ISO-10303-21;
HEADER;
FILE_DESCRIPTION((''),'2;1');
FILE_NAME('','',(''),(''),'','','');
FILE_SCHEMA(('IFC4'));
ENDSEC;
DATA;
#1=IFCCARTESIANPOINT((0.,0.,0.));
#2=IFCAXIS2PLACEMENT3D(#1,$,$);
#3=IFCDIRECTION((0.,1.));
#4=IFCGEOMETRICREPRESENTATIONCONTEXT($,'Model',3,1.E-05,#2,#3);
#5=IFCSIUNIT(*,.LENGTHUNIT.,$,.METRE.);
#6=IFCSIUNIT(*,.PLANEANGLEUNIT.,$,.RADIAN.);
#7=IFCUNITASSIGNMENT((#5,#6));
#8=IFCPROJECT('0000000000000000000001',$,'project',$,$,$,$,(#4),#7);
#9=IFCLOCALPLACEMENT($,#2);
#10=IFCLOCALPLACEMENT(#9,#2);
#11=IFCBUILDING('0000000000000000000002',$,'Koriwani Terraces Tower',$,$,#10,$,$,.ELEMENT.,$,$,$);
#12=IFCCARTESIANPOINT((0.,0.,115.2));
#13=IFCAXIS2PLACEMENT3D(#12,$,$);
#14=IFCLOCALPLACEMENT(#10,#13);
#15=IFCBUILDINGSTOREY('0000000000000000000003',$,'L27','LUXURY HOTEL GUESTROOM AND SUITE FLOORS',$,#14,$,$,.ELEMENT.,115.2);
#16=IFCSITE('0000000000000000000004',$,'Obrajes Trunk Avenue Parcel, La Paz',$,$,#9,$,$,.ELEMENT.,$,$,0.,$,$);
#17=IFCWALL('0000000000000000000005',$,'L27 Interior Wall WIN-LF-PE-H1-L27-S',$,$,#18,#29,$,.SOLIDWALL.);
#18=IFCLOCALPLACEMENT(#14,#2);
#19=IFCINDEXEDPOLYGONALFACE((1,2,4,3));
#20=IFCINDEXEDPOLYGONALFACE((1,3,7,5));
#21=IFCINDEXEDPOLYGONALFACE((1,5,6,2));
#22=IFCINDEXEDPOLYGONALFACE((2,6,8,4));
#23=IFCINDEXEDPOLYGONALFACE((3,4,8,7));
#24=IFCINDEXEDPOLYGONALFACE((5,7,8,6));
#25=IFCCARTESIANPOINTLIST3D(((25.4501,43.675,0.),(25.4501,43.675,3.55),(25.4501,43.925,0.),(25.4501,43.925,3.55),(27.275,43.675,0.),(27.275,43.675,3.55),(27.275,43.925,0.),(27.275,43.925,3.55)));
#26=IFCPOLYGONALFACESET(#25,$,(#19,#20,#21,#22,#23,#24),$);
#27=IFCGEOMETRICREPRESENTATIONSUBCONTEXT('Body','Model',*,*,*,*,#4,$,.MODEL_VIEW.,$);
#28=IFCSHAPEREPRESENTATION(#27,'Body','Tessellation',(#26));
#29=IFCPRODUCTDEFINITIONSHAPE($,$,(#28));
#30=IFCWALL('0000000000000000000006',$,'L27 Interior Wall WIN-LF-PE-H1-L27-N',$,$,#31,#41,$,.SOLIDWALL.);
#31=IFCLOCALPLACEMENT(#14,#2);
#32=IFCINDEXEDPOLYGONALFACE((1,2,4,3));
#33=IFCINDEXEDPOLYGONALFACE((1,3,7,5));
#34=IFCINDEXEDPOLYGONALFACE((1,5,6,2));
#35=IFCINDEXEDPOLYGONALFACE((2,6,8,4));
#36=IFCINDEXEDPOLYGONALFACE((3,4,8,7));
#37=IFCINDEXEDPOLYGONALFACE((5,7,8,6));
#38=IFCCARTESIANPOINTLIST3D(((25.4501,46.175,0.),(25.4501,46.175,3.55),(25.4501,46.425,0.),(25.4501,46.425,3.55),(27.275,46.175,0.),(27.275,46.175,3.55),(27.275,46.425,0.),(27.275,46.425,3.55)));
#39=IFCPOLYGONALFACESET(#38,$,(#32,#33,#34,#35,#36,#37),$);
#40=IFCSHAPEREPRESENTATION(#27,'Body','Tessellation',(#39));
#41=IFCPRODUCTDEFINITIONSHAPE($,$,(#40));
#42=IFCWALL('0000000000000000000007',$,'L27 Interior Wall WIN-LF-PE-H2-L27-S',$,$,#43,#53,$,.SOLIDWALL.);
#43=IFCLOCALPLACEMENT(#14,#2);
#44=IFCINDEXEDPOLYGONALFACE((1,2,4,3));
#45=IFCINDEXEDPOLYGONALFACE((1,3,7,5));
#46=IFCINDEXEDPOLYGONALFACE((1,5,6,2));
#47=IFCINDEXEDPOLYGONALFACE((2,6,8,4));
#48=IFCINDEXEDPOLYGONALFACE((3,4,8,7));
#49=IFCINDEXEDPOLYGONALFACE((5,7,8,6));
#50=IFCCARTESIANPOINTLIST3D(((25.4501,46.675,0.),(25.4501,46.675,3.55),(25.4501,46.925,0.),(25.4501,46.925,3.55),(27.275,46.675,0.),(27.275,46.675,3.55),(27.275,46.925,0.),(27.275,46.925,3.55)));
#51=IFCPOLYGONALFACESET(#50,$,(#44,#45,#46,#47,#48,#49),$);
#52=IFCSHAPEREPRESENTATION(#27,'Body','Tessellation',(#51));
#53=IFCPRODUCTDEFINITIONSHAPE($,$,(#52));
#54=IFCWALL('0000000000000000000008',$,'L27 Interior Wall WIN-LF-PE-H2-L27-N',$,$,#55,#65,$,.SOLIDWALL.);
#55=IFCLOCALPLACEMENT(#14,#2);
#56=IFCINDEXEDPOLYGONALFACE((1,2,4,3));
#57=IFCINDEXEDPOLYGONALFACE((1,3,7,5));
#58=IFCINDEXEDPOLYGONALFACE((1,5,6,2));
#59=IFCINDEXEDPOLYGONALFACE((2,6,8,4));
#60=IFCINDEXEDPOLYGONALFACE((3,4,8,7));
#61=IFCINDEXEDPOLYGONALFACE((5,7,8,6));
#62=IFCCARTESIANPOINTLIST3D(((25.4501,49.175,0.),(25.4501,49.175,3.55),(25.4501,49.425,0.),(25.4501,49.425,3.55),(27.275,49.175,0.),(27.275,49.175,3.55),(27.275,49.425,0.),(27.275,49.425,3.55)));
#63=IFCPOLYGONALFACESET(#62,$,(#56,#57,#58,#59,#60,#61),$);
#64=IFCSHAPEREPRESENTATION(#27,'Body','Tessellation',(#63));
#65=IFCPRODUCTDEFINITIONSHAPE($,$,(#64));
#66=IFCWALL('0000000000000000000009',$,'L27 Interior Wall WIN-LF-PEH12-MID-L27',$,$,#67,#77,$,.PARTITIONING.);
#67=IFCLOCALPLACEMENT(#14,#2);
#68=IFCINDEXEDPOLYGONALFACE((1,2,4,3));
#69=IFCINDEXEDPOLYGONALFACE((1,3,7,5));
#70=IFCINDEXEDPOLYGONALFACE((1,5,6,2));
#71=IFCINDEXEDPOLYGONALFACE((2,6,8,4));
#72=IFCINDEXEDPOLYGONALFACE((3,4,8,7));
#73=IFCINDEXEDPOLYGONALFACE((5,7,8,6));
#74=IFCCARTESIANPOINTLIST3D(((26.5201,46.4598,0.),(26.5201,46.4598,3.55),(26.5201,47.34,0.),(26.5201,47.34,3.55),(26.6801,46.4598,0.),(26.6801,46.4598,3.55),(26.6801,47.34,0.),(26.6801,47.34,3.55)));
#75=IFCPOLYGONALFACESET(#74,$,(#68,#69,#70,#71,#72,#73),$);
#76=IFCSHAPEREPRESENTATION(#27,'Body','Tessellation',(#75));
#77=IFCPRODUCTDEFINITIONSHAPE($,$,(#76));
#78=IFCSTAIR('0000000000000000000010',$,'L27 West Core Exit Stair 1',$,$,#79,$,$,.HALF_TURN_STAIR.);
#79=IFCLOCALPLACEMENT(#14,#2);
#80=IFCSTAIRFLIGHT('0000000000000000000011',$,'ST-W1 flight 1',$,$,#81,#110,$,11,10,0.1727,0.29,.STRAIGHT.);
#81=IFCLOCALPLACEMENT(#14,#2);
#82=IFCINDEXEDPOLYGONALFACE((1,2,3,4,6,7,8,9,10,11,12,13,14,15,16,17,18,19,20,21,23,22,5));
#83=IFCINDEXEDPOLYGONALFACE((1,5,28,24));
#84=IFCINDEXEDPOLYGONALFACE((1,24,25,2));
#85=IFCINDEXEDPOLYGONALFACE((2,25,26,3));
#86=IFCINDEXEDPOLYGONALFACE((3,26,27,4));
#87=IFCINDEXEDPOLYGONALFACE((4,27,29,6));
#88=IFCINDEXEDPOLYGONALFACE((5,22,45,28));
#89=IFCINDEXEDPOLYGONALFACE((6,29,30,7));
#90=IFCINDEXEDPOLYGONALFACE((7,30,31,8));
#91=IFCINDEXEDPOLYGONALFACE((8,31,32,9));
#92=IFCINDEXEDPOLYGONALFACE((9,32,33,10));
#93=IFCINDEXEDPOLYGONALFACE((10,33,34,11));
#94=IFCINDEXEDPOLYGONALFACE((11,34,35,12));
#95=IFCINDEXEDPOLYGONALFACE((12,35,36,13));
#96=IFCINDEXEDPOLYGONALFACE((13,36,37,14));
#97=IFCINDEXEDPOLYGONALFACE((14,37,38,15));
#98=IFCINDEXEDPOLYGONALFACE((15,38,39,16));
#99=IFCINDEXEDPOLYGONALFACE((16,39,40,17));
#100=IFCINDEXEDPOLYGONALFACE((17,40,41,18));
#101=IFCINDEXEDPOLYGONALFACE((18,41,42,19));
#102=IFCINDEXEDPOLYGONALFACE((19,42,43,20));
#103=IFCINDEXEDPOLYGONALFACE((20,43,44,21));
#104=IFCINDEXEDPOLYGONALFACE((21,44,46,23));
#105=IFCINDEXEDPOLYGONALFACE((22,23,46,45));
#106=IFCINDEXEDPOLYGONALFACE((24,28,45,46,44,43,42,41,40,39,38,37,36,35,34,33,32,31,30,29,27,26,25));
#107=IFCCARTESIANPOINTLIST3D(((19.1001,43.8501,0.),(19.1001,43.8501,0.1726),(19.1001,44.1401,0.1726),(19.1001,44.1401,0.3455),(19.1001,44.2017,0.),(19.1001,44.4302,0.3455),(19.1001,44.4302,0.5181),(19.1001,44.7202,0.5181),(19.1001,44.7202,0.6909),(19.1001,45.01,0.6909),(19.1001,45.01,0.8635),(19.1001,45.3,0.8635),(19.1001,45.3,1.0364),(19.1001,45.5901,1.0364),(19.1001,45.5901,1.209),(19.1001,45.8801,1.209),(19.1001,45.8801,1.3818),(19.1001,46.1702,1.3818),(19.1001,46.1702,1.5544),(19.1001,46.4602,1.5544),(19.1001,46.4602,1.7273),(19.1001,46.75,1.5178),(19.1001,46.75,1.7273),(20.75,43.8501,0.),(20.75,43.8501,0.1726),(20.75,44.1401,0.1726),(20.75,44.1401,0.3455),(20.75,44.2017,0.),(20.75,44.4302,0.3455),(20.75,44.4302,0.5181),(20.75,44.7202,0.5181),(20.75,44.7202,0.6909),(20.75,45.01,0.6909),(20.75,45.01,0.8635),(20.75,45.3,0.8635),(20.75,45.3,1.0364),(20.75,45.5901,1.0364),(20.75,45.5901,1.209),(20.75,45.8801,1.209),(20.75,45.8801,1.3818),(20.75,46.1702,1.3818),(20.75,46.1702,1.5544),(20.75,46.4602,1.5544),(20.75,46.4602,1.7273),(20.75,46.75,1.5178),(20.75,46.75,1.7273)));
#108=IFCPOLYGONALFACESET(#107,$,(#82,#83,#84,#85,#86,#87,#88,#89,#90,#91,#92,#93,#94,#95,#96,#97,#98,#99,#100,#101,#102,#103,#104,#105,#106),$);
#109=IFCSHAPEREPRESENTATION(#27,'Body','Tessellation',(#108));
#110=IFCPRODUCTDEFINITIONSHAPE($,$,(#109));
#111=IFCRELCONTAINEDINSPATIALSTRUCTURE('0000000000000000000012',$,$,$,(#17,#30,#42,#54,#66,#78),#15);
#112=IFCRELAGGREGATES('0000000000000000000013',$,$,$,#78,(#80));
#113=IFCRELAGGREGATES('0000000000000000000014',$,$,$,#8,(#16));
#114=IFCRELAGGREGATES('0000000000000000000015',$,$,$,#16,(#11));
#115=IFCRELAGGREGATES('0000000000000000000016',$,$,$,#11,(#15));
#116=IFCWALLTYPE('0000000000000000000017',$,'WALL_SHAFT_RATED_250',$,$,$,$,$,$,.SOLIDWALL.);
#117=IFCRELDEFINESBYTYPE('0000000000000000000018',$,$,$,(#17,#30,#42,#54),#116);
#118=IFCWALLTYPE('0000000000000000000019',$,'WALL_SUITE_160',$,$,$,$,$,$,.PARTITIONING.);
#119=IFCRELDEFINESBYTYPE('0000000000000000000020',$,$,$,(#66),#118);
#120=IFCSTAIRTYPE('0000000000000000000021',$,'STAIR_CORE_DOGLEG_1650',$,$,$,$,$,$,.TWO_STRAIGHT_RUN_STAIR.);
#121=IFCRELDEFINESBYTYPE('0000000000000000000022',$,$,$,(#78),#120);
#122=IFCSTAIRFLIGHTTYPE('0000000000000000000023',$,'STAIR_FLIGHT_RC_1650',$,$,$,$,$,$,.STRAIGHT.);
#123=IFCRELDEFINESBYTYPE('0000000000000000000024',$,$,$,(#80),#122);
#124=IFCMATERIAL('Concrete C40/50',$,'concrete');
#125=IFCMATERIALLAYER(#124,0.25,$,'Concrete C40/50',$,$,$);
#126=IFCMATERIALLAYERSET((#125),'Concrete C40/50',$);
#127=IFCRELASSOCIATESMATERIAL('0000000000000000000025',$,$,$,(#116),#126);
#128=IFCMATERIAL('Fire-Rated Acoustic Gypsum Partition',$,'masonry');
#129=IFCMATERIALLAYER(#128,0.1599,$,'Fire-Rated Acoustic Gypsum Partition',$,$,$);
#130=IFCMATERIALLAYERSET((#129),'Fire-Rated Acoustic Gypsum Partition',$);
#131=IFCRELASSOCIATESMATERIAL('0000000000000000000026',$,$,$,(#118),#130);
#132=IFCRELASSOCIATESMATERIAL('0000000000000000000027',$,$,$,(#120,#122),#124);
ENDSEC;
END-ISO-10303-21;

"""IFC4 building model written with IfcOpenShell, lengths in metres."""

from ifc_helpers import new_model, si_unit, direction, frame, frame_2d, origin, place, context, subcontext, project, spatial, polyline, rectangle, outline, extrude, material, layer, layer_set, type_object, element, aggregate, save


model = new_model("IFC4")

# Units and contexts
model_context = context("Model", 3, precision=1e-05, world=origin(), true_north=direction((0.0, 1.0)))
body_context = subcontext(model_context, "Body", "Model", "MODEL_VIEW")
ifc_project = project(units=[si_unit("LENGTHUNIT", "METRE"), si_unit("PLANEANGLEUNIT", "RADIAN")], contexts=[model_context])

# Site, building, storey
site_placement = place(None, origin())
site = spatial("IfcSite", under=ifc_project, at=site_placement, Name="Obrajes Trunk Avenue Parcel, La Paz", CompositionType="ELEMENT", RefElevation=0.0)
building_placement = place(site_placement, origin())
building = spatial("IfcBuilding", under=site, at=building_placement, Name="Koriwani Terraces Tower", CompositionType="ELEMENT")
storey_placement = place(building_placement, frame((0.0, 0.0, 115.2)))
storey = spatial("IfcBuildingStorey", under=building, at=storey_placement, Name="L27", Description="LUXURY HOTEL GUESTROOM AND SUITE FLOORS", CompositionType="ELEMENT", Elevation=115.2)

# Shared definitions
ifc_material_1 = material(Name="Fire-Rated Acoustic Gypsum Partition", Category="masonry")
ifc_material_2 = material(Name="Concrete C40/50", Category="concrete")
ifc_layer_1 = layer(ifc_material_2, 0.25, Name="Concrete C40/50")
ifc_layer_set_1 = layer_set([ifc_layer_1], Name="Concrete C40/50")
wall_type_1 = type_object("IfcWallType", Name="WALL_SHAFT_RATED_250", PredefinedType="SOLIDWALL", material=ifc_layer_set_1)

# Walls
for number, where, z_axis, x_axis, name in (
    (1, (25.45, 43.8, 0.0), (0.0, 0.0, 1.0), (1.0, 0.0, 0.0), "L27 Interior Wall WIN-LF-PE-H1-L27-S"),
    (2, (25.45, 46.3, 0.0), (0.0, 0.0, 1.0), (1.0, 0.0, 0.0), "L27 Interior Wall WIN-LF-PE-H1-L27-N"),
    (3, (25.45, 46.8, 0.0), (0.0, 0.0, 1.0), (1.0, 0.0, 0.0), "L27 Interior Wall WIN-LF-PE-H2-L27-S"),
    (4, (25.45, 49.3, 0.0), (0.0, 0.0, 1.0), (1.0, 0.0, 0.0), "L27 Interior Wall WIN-LF-PE-H2-L27-N"),
):
    element("IfcWall", number, at=place(storey_placement, frame(where, z_axis=z_axis, x_axis=x_axis)), inside=storey, type_object=wall_type_1, Name=name, PredefinedType="SOLIDWALL", context=body_context, shape_type="SweptSolid", body=[
        extrude(rectangle(XDim=1.825, YDim=0.25, at=frame_2d((0.9126, 0.0))), origin(), (0.0, 0.0, 1.0), 3.55),
    ])
ifc_layer_2 = layer(ifc_material_1, 0.1599, Name="Fire-Rated Acoustic Gypsum Partition")
ifc_layer_set_2 = layer_set([ifc_layer_2], Name="Fire-Rated Acoustic Gypsum Partition")
wall_type_2 = type_object("IfcWallType", Name="WALL_SUITE_160", PredefinedType="PARTITIONING", material=ifc_layer_set_2)
wall_1_placement = place(storey_placement, frame((26.6001, 46.46, 0.0), z_axis=(0.0, 0.0, 1.0), x_axis=(0.0, 1.0, 0.0)))
element("IfcWall", 5, at=wall_1_placement, inside=storey, type_object=wall_type_2, Name="L27 Interior Wall WIN-LF-PEH12-MID-L27", PredefinedType="PARTITIONING", context=body_context, shape_type="SweptSolid", body=[
    extrude(rectangle(XDim=0.8801, YDim=0.1599, at=frame_2d((0.4399, 0.0))), origin(), (0.0, 0.0, 1.0), 3.55),
])

# Stair, stair flight
stair_type = type_object("IfcStairType", Name="STAIR_CORE_DOGLEG_1650", PredefinedType="TWO_STRAIGHT_RUN_STAIR", material=ifc_material_2)
stair_placement = place(storey_placement, origin())
stair = element("IfcStair", 6, at=stair_placement, inside=storey, type_object=stair_type, Name="L27 West Core Exit Stair 1", PredefinedType="HALF_TURN_STAIR")
stair_flight_type = type_object("IfcStairFlightType", Name="STAIR_FLIGHT_RC_1650", PredefinedType="STRAIGHT", material=ifc_material_2)
stair_flight_placement = place(storey_placement, frame((19.925, 43.8501, 0.0), z_axis=(0.0, 0.0, 1.0), x_axis=(0.0, 1.0, 0.0)))
stair_flight = element("IfcStairFlight", 7, at=stair_flight_placement, type_object=stair_flight_type, Name="ST-W1 flight 1", NumberOfRisers=11, NumberOfTreads=10, PredefinedType="STRAIGHT", RiserHeight=0.1727, TreadLength=0.29, context=body_context, shape_type="SweptSolid", body=[
    extrude(outline(polyline([(0.0, 0.0), (0.0, 0.1726), (0.29, 0.1726), (0.29, 0.3455), (0.5801, 0.3455), (0.5801, 0.5181), (0.8701, 0.5181), (0.8701, 0.6909), (1.1599, 0.6909), (1.1599, 0.8635), (1.45, 0.8635), (1.45, 1.0364), (1.74, 1.0364), (1.74, 1.209), (2.03, 1.209), (2.03, 1.3818), (2.3201, 1.3818), (2.3201, 1.5544), (2.6101, 1.5544), (2.6101, 1.7273), (2.8999, 1.7273), (2.8999, 1.8999), (2.8999, 1.5178), (0.3516, 0.0), (0.0, 0.0)])), frame((0.0, 0.825, 0.0), z_axis=(0.0, -1.0, 0.0), x_axis=(1.0, 0.0, 0.0)), (0.0, 0.0, 1.0), 1.6499),
])
aggregate(stair, [stair_flight])

save(model, "model.ifc")
